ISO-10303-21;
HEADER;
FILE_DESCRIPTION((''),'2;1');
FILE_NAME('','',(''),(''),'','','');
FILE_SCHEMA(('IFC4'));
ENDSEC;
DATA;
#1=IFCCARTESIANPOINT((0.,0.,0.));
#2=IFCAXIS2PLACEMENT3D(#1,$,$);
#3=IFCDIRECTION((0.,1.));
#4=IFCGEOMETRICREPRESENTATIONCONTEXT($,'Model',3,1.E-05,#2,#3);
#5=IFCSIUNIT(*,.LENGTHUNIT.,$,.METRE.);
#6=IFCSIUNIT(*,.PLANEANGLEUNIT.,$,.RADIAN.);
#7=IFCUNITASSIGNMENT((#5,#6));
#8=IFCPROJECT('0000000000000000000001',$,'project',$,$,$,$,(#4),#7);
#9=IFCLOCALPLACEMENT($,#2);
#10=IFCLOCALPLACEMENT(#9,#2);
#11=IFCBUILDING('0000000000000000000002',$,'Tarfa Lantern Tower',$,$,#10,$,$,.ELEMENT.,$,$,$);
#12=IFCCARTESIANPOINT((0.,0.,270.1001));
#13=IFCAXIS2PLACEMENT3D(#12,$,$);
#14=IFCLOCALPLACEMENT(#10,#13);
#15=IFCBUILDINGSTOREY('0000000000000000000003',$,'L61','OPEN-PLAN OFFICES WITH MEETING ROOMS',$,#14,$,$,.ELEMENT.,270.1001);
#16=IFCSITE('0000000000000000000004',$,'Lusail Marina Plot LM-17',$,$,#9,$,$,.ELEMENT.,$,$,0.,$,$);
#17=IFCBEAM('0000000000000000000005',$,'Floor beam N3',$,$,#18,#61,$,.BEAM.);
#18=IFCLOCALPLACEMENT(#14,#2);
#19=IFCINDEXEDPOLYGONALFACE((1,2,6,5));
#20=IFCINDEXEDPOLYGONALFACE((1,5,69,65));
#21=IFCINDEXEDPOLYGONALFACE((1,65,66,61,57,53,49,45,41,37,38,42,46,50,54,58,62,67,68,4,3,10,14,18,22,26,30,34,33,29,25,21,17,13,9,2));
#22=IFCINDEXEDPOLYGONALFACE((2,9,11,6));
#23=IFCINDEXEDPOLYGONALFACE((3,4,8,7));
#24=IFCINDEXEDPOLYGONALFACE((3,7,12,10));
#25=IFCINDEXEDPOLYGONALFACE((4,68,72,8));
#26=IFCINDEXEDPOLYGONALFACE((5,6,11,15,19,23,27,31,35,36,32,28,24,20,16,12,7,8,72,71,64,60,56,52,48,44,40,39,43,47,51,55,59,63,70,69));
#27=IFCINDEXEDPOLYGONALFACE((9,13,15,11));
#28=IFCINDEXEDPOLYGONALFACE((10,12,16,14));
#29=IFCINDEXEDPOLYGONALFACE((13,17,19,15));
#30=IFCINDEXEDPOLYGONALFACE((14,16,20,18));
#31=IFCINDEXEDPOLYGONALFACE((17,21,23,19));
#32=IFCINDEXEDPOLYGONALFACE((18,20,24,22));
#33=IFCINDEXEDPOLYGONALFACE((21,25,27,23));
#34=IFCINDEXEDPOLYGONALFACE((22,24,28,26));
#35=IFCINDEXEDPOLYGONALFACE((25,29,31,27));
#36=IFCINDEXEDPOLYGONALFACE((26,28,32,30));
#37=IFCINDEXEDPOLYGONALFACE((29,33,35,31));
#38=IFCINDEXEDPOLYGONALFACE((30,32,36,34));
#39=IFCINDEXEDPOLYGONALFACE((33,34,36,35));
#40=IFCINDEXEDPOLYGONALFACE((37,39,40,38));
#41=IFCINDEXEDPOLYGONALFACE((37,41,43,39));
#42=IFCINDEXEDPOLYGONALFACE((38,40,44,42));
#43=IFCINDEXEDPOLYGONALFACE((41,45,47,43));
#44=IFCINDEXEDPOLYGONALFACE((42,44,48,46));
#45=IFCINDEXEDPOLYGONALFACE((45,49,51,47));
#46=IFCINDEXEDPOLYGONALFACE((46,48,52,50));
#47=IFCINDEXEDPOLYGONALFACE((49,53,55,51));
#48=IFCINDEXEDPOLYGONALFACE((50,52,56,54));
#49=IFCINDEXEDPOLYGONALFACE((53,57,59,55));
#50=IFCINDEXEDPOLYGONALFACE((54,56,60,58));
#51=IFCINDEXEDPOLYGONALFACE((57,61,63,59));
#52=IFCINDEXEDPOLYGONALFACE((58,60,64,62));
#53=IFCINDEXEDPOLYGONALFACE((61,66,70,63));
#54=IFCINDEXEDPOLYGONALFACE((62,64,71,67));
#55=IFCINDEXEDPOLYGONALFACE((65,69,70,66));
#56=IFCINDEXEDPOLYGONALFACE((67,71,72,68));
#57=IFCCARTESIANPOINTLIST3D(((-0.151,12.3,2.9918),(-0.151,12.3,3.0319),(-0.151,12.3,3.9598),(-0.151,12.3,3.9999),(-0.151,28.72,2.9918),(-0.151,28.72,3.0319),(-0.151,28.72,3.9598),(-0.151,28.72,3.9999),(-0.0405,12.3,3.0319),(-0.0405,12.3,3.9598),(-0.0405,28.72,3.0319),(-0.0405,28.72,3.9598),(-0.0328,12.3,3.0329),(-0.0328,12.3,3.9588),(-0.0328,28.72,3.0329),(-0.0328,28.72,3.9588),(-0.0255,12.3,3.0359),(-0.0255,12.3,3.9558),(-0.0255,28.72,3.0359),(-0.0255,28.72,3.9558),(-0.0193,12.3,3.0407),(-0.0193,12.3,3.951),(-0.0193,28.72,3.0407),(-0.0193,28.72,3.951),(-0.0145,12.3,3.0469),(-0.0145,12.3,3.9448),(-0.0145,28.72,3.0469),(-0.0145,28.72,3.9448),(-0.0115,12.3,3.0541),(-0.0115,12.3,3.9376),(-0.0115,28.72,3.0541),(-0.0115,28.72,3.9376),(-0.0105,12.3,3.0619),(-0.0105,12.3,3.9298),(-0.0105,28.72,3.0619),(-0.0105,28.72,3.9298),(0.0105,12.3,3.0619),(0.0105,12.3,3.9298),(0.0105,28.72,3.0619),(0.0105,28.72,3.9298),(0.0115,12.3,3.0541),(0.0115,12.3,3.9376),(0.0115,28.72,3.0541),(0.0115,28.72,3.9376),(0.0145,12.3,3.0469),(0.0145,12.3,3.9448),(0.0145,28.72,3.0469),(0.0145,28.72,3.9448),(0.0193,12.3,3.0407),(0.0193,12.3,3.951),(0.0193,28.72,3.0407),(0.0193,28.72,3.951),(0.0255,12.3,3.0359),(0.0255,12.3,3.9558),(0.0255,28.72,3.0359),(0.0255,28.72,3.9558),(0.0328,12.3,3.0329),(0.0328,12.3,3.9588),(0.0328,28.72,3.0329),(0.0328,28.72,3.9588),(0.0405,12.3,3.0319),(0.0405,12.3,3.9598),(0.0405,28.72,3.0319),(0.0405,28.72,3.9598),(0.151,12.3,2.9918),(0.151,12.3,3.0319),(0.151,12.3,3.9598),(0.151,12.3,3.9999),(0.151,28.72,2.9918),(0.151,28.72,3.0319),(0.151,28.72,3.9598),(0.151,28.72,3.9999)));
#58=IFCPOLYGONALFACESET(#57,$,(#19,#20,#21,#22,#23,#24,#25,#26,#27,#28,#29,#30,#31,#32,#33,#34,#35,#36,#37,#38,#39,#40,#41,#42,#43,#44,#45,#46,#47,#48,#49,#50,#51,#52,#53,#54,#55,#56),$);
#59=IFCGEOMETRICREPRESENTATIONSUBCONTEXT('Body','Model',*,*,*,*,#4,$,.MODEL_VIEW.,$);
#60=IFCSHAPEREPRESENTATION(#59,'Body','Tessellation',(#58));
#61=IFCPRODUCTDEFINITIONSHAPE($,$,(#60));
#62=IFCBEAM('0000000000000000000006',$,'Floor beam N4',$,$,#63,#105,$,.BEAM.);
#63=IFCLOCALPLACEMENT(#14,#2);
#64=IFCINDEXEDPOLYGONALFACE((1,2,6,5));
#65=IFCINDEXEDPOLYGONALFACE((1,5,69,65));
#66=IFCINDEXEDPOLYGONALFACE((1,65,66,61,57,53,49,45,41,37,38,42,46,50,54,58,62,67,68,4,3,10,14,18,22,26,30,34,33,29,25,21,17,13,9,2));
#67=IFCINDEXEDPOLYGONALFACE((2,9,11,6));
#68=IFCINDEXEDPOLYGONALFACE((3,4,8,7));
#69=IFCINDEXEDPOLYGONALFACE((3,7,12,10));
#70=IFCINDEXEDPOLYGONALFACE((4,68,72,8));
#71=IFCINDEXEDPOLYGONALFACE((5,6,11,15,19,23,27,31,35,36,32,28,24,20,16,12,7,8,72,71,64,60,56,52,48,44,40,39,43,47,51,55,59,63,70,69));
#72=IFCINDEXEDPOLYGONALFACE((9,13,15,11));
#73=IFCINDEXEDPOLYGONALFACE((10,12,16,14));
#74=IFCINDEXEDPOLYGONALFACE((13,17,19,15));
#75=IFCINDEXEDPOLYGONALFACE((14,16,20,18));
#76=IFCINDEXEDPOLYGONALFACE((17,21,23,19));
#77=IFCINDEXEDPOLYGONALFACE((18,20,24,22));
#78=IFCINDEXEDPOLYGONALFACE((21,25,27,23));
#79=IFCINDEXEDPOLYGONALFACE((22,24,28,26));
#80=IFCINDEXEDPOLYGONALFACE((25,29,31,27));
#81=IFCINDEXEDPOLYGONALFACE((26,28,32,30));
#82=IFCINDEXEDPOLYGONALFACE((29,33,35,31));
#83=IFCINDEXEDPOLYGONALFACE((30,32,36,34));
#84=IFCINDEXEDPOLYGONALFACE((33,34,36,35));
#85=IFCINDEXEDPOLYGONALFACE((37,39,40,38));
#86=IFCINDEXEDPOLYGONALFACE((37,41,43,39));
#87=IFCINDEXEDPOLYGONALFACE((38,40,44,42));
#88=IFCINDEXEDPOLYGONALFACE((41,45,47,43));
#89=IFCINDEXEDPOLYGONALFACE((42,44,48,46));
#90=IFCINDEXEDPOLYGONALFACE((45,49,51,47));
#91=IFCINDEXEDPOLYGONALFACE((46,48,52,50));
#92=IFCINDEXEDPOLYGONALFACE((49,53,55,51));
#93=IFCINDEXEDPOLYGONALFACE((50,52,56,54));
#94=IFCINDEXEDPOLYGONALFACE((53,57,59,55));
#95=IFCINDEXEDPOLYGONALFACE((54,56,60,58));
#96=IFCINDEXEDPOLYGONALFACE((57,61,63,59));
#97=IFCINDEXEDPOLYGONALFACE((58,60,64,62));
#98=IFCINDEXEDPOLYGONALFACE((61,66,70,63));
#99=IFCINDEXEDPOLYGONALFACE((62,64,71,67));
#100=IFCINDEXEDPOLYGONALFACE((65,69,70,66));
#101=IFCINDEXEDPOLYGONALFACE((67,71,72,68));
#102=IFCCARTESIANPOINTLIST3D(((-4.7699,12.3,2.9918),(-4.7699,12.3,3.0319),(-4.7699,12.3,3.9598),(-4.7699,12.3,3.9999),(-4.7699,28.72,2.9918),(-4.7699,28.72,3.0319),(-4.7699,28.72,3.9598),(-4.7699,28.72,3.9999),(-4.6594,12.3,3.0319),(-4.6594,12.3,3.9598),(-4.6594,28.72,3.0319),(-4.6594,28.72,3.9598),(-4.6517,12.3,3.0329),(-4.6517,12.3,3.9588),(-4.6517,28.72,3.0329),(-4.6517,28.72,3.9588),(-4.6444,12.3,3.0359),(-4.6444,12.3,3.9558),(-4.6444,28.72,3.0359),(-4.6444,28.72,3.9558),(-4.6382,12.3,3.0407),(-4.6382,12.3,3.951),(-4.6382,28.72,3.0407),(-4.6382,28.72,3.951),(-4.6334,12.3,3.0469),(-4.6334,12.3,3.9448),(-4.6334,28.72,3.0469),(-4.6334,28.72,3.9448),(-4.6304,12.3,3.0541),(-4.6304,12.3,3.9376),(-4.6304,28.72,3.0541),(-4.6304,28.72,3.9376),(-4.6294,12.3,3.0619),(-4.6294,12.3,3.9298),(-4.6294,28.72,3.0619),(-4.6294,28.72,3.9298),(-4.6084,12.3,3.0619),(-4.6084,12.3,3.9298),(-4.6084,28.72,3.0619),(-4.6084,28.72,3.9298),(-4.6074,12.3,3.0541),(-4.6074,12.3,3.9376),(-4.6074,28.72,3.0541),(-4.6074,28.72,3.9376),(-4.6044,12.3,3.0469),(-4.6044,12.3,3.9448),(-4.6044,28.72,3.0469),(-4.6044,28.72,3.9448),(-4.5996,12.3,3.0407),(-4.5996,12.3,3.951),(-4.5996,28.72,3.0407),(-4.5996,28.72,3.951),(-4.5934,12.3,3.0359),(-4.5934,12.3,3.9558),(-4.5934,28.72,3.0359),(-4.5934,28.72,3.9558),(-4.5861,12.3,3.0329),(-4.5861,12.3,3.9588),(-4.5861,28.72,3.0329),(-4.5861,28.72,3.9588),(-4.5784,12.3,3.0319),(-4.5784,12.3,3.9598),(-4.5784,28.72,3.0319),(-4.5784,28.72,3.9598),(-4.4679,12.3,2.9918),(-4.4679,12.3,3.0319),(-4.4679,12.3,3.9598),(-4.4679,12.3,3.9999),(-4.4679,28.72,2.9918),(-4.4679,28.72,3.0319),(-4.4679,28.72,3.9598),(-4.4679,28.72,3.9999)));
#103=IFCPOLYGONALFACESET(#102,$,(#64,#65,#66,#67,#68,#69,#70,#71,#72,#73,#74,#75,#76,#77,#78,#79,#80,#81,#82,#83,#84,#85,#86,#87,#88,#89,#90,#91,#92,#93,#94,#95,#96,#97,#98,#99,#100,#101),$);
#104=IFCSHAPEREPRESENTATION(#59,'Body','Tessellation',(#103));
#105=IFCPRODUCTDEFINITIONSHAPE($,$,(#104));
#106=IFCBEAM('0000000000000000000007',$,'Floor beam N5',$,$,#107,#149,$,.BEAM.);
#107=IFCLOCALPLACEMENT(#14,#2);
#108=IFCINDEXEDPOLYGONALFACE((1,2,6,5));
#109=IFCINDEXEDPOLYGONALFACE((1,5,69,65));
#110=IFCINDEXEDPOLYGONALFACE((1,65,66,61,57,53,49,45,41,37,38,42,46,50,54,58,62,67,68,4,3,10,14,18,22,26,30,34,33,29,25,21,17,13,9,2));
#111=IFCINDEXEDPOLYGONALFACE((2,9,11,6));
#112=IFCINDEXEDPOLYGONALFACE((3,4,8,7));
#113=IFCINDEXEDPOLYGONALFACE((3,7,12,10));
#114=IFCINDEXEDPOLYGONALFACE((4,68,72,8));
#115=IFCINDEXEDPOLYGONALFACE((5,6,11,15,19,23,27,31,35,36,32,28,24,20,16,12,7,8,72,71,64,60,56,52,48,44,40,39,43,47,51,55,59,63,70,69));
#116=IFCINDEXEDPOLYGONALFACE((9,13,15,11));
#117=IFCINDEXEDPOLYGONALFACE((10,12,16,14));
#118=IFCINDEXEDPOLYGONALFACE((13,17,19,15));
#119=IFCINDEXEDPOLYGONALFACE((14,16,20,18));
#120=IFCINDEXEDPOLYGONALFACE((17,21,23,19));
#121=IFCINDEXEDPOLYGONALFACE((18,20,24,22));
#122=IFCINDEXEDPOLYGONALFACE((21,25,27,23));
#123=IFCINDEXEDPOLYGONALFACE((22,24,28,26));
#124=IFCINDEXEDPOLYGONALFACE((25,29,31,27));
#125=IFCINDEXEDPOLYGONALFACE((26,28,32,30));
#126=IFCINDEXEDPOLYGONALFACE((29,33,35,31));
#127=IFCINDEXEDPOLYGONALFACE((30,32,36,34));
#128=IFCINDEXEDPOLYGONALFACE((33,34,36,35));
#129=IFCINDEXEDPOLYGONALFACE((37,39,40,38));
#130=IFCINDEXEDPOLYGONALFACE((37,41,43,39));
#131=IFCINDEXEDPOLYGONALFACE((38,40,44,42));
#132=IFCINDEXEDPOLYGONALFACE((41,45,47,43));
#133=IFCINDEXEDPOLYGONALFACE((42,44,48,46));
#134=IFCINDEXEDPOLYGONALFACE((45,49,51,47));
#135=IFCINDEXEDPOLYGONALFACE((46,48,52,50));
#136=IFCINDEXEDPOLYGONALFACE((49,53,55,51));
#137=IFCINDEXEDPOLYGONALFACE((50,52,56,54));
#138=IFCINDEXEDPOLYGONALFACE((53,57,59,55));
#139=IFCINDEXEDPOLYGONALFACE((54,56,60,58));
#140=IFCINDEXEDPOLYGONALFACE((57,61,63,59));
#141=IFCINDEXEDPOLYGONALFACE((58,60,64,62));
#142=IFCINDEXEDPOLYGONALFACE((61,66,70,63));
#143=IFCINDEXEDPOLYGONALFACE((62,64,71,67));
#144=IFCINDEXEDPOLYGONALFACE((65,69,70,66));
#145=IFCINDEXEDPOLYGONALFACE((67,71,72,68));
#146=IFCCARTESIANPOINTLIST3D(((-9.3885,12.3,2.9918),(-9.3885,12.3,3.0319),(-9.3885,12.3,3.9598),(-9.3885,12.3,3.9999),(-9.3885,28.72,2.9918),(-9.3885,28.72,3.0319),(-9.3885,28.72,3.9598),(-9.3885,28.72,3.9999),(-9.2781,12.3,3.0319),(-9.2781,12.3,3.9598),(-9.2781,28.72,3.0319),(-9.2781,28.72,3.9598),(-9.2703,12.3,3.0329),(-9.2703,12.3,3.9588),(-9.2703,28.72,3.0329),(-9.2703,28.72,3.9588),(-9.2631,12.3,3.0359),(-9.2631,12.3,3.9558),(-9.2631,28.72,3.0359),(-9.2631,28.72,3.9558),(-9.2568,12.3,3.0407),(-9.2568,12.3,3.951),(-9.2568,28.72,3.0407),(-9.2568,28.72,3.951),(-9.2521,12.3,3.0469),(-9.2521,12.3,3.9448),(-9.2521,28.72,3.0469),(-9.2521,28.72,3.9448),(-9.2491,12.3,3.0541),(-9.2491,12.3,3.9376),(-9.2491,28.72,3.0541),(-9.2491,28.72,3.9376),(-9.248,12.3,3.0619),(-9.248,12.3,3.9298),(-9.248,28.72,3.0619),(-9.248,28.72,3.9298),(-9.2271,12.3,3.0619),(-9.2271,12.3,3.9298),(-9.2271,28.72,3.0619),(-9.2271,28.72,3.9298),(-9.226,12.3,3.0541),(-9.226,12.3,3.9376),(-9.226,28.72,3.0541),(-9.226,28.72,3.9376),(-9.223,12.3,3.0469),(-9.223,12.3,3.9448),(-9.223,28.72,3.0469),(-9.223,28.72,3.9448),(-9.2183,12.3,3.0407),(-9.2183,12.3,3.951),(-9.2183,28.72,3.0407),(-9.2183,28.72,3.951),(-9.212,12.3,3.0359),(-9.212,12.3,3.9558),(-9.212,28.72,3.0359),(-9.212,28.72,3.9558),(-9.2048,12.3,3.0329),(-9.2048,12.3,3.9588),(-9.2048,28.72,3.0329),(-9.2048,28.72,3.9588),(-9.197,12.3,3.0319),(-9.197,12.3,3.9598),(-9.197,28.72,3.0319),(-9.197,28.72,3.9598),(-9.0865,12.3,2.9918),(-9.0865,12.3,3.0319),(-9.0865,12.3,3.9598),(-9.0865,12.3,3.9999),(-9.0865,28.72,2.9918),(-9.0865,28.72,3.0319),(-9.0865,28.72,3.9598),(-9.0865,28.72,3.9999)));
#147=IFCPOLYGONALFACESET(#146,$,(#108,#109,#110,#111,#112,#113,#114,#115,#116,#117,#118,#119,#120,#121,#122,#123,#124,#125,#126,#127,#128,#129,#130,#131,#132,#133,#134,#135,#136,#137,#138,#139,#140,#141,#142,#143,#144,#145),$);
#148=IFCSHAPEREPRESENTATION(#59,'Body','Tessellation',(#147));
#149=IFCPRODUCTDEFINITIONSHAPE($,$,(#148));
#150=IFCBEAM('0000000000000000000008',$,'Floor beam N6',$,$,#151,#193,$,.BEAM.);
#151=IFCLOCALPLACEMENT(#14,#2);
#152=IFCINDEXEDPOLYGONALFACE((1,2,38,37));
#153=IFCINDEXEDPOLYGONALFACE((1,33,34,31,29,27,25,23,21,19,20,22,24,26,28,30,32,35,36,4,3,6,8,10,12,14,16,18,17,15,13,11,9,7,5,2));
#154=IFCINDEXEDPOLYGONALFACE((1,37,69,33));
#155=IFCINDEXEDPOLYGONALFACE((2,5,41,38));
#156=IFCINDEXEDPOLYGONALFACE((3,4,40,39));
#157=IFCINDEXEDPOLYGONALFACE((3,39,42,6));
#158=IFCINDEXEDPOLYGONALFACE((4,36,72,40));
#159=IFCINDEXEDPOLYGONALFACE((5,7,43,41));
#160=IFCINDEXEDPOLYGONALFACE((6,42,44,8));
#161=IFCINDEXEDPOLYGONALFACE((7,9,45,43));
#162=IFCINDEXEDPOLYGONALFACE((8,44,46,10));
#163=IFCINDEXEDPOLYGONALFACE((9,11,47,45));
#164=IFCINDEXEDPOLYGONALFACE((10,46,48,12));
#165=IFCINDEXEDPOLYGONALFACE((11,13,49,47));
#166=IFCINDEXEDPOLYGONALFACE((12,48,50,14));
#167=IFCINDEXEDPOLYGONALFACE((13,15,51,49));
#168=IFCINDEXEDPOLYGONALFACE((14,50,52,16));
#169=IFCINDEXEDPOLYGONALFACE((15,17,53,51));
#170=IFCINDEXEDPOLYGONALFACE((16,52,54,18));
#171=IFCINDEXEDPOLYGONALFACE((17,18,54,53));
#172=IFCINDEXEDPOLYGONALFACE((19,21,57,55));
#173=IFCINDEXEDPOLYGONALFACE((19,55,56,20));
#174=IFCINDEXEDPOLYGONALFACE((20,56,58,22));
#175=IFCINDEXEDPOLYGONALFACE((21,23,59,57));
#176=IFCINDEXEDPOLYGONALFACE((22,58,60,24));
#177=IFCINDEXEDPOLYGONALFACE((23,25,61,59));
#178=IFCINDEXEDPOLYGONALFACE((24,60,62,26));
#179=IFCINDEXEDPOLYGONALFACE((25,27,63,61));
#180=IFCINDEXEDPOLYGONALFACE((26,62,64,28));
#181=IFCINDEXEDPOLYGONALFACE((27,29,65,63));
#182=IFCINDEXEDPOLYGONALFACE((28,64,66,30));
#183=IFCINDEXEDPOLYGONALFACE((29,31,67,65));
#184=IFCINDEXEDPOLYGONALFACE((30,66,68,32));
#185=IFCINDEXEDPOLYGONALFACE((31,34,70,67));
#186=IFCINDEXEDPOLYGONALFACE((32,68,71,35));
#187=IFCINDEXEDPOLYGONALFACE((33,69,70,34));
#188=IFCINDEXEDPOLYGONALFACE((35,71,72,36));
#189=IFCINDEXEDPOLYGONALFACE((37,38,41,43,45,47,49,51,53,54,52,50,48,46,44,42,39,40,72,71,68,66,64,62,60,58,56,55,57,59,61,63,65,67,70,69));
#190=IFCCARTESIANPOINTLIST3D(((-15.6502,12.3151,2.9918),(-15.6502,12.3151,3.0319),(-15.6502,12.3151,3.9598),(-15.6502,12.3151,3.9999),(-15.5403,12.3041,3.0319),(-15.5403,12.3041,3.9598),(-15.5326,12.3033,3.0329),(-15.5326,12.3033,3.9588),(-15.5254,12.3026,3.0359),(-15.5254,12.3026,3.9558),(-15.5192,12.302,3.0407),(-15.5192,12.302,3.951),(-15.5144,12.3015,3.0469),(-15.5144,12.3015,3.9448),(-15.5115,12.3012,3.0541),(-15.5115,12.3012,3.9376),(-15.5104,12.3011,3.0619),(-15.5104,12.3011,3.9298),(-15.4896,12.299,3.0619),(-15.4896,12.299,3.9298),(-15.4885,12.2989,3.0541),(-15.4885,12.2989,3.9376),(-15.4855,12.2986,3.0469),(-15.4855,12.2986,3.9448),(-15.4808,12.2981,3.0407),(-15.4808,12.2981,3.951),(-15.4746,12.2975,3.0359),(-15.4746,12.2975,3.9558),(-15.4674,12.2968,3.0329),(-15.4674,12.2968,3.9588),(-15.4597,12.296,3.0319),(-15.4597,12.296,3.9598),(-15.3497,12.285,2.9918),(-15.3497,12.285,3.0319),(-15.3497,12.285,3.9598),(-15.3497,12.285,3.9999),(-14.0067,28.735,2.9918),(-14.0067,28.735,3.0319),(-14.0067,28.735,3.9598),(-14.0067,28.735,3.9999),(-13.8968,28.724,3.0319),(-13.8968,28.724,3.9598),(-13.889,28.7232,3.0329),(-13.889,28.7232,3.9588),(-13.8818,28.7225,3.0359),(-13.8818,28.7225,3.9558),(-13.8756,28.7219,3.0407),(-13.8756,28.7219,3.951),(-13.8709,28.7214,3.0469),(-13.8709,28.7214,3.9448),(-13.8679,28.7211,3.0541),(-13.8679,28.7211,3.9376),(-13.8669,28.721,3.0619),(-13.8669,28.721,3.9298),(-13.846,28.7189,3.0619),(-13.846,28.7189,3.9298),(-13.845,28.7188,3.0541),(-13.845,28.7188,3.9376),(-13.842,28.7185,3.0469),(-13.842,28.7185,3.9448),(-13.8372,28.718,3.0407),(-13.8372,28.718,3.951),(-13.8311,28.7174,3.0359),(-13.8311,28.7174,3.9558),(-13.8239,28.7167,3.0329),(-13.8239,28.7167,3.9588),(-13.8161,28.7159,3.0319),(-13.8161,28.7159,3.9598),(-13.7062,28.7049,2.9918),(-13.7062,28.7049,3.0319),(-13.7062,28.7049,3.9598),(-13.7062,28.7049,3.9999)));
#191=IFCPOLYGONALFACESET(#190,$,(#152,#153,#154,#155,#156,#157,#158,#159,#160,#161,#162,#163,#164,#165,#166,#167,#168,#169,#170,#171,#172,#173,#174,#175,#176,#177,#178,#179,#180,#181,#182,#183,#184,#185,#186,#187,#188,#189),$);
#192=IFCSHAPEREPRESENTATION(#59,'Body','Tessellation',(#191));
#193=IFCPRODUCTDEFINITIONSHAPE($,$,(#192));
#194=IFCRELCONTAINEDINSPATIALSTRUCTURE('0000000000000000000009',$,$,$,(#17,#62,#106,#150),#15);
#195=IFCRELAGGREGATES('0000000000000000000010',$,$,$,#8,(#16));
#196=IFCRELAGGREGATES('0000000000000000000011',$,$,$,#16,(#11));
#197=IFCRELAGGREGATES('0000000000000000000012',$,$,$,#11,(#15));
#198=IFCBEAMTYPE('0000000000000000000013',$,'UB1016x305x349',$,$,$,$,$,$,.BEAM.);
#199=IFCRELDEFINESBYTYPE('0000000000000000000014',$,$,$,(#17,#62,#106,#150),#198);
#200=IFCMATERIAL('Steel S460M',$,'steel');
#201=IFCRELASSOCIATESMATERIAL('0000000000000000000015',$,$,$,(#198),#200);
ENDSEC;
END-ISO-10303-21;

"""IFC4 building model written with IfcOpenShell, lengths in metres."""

from ifc_helpers import new_model, si_unit, direction, frame, origin, origin_2d, place, context, subcontext, project, spatial, i_section, extrude, material, material_profile, profile_set, type_object, element, save


model = new_model("IFC4")

# Units and contexts
model_context = context("Model", 3, precision=1e-05, world=origin(), true_north=direction((0.0, 1.0)))
body_context = subcontext(model_context, "Body", "Model", "MODEL_VIEW")
ifc_project = project(units=[si_unit("LENGTHUNIT", "METRE"), si_unit("PLANEANGLEUNIT", "RADIAN")], contexts=[model_context])

# Site, building, storey
site_placement = place(None, origin())
site = spatial("IfcSite", under=ifc_project, at=site_placement, Name="Lusail Marina Plot LM-17", CompositionType="ELEMENT", RefElevation=0.0)
building_placement = place(site_placement, origin())
building = spatial("IfcBuilding", under=site, at=building_placement, Name="Tarfa Lantern Tower", CompositionType="ELEMENT")
storey_placement = place(building_placement, frame((0.0, 0.0, 270.1001)))
storey = spatial("IfcBuildingStorey", under=building, at=storey_placement, Name="L61", Description="OPEN-PLAN OFFICES WITH MEETING ROOMS", CompositionType="ELEMENT", Elevation=270.1001)

# Beams
ifc_material_1 = material(Name="Steel S460M", Category="steel")
ifc_material_profile_1 = material_profile(ifc_material_1, i_section(OverallWidth=0.302, OverallDepth=1.0081, WebThickness=0.021, FlangeThickness=0.04, FilletRadius=0.03, at=origin_2d()), Name="UB1016x305x349")
ifc_profile_set_1 = profile_set([ifc_material_profile_1], Name="Steel S460M")
beam_type_1 = type_object("IfcBeamType", Name="UB1016x305x349", PredefinedType="BEAM", material=ifc_profile_set_1)
for number, where, z_axis, x_axis, name in (
    (1, (0.0, 28.72, 3.4958), (0.0, -1.0, 0.0), (1.0, 0.0, 0.0), "Floor beam N3"),
    (2, (-4.6189, 28.72, 3.4958), (0.0, -1.0, 0.0), (1.0, 0.0, 0.0), "Floor beam N4"),
    (3, (-9.2375, 28.72, 3.4958), (0.0, -1.0, 0.0), (1.0, 0.0, 0.0), "Floor beam N5"),
):
    element("IfcBeam", number, at=place(storey_placement, frame(where, z_axis=z_axis, x_axis=x_axis)), inside=storey, type_object=beam_type_1, Name=name, PredefinedType="BEAM", context=body_context, shape_type="SweptSolid", body=[
        extrude(i_section(OverallWidth=0.302, OverallDepth=1.0081, WebThickness=0.021, FlangeThickness=0.04, FilletRadius=0.03, at=origin_2d()), origin(), (0.0, 0.0, 1.0), 16.4199),
    ])
beam_1_placement = place(storey_placement, frame((-13.8564, 28.72, 3.4958), z_axis=(-0.099597, -0.995028, 0.0), x_axis=(0.995028, -0.099597, 0.0)))
element("IfcBeam", 4, at=beam_1_placement, inside=storey, type_object=beam_type_1, Name="Floor beam N6", PredefinedType="BEAM", context=body_context, shape_type="SweptSolid", body=[
    extrude(i_section(OverallWidth=0.302, OverallDepth=1.0081, WebThickness=0.021, FlangeThickness=0.04, FilletRadius=0.03, at=origin_2d()), origin(), (0.0, 0.0, 1.0), 16.502),
])

save(model, "model.ifc")
